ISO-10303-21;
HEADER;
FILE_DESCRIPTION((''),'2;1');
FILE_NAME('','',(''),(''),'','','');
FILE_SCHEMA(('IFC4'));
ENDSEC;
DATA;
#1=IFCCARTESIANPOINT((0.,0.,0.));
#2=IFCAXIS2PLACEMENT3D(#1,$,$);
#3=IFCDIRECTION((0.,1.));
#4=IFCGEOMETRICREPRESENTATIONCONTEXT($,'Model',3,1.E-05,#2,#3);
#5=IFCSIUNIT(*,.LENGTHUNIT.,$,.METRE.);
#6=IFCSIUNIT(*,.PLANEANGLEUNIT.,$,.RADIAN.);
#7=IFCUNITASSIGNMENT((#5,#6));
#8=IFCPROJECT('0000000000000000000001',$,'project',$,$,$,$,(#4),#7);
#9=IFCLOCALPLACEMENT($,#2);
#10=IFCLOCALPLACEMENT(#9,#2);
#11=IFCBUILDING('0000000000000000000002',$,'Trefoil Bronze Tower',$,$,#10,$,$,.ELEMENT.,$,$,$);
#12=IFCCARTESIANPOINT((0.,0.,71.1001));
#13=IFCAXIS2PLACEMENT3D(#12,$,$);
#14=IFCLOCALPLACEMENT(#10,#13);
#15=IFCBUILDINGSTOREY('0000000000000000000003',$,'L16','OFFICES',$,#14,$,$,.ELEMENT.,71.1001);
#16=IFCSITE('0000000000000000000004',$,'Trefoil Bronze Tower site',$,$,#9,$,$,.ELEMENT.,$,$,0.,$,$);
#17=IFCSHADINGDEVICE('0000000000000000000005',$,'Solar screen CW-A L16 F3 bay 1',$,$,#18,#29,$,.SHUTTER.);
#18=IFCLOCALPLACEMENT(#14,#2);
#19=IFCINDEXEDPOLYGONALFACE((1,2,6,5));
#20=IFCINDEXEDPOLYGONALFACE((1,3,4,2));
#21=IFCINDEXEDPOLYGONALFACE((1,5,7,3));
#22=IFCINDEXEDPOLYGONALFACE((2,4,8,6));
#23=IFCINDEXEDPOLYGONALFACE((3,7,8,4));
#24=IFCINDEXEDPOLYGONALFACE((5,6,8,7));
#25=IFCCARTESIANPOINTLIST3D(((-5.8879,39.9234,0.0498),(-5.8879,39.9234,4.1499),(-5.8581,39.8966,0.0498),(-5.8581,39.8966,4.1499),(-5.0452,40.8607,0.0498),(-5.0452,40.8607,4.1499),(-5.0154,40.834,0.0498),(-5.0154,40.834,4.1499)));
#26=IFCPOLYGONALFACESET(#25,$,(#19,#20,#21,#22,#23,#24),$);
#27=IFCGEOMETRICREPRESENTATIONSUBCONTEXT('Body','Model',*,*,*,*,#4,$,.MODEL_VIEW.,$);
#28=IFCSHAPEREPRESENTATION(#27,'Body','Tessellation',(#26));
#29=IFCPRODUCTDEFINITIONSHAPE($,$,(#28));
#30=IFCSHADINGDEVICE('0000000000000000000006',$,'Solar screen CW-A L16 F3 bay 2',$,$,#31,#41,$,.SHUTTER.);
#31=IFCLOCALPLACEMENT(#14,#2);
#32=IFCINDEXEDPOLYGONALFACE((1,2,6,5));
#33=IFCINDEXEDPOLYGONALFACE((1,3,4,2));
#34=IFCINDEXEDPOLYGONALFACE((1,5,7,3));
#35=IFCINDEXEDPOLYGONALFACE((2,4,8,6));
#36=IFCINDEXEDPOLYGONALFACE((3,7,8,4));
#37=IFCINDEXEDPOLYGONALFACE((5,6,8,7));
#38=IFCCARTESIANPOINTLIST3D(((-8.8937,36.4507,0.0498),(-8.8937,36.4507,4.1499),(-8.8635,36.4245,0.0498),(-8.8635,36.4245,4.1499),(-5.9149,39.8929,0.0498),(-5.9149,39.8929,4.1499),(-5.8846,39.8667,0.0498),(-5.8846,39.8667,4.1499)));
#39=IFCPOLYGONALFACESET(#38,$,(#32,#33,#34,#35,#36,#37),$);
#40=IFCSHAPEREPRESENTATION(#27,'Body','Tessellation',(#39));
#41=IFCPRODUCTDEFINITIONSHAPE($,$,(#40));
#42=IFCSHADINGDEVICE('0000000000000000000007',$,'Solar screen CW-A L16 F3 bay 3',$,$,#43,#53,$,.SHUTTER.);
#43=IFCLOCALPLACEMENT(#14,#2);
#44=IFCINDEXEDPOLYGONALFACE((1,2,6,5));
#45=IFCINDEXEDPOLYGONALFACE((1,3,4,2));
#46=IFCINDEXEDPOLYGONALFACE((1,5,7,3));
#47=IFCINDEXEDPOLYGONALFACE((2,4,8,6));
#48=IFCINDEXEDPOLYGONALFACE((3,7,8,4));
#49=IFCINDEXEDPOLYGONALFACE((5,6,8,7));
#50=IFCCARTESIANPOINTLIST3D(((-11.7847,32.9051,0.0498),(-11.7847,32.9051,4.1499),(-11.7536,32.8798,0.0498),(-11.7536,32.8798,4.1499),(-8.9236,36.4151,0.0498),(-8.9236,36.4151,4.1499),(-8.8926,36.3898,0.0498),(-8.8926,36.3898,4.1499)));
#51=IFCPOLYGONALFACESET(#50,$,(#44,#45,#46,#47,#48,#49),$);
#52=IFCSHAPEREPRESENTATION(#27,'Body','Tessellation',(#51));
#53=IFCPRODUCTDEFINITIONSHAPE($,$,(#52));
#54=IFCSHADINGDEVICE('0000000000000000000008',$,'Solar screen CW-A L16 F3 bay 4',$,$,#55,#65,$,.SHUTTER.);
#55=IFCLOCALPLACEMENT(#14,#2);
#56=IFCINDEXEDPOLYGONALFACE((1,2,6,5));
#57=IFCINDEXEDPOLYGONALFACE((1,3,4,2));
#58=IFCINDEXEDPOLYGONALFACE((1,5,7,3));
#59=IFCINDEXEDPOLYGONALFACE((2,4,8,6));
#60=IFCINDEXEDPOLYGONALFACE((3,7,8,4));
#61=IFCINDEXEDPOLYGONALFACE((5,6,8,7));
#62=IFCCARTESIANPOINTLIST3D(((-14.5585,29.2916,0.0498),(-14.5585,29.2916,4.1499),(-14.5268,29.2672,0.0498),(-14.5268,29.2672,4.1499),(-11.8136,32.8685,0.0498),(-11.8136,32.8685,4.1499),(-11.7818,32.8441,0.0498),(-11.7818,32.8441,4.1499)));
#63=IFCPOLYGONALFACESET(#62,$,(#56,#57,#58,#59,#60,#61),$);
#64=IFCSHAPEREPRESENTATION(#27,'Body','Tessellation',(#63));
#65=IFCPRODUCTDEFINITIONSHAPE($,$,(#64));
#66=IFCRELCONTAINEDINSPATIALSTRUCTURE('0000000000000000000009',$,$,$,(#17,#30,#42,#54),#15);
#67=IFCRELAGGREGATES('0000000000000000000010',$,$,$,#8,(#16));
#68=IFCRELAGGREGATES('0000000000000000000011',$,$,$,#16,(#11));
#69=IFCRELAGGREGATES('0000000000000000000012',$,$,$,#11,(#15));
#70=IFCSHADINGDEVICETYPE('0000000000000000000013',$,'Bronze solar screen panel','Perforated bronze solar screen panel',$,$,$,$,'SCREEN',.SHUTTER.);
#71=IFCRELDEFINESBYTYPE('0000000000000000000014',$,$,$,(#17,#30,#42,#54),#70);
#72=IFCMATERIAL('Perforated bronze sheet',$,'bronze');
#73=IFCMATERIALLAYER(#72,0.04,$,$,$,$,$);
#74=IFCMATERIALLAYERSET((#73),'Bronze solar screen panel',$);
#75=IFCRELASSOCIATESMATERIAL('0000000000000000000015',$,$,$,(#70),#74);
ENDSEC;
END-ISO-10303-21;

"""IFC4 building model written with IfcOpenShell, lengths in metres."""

from ifc_helpers import new_model, si_unit, direction, frame, origin, origin_2d, place, context, subcontext, project, spatial, rectangle, extrude, material, layer, layer_set, type_object, element, save


model = new_model("IFC4")

# Units and contexts
model_context = context("Model", 3, precision=1e-05, world=origin(), true_north=direction((0.0, 1.0)))
body_context = subcontext(model_context, "Body", "Model", "MODEL_VIEW")
ifc_project = project(units=[si_unit("LENGTHUNIT", "METRE"), si_unit("PLANEANGLEUNIT", "RADIAN")], contexts=[model_context])

# Site, building, storey
site_placement = place(None, origin())
site = spatial("IfcSite", under=ifc_project, at=site_placement, Name="Trefoil Bronze Tower site", CompositionType="ELEMENT", RefElevation=0.0)
building_placement = place(site_placement, origin())
building = spatial("IfcBuilding", under=site, at=building_placement, Name="Trefoil Bronze Tower", CompositionType="ELEMENT")
storey_placement = place(building_placement, frame((0.0, 0.0, 71.1001)))
storey = spatial("IfcBuildingStorey", under=building, at=storey_placement, Name="L16", Description="OFFICES", CompositionType="ELEMENT", Elevation=71.1001)

# Shading devices
ifc_material_1 = material(Name="Perforated bronze sheet", Category="bronze")
ifc_layer_1 = layer(ifc_material_1, 0.04)
ifc_layer_set_1 = layer_set([ifc_layer_1], Name="Bronze solar screen panel")
shading_device_type = type_object("IfcShadingDeviceType", Name="Bronze solar screen panel", Description="Perforated bronze solar screen panel", ElementType="SCREEN", PredefinedType="SHUTTER", material=ifc_layer_set_1)
shading_device_1_placement = place(storey_placement, frame((-5.4517, 40.3787, 0.0498), z_axis=(0.0, 0.0, 1.0), x_axis=(-0.668575, -0.743645, 0.0)))
element("IfcShadingDevice", 1, at=shading_device_1_placement, inside=storey, type_object=shading_device_type, Name="Solar screen CW-A L16 F3 bay 1", PredefinedType="SHUTTER", context=body_context, shape_type="SweptSolid", body=[
    extrude(rectangle(XDim=1.2605, YDim=0.04, at=origin_2d()), origin(), (0.0, 0.0, 1.0), 4.1001),
])
shading_device_2_placement = place(storey_placement, frame((-7.3892, 38.1587, 0.0498), z_axis=(0.0, 0.0, 1.0), x_axis=(-0.654376, -0.756169, 0.0)))
element("IfcShadingDevice", 2, at=shading_device_2_placement, inside=storey, type_object=shading_device_type, Name="Solar screen CW-A L16 F3 bay 2", PredefinedType="SHUTTER", context=body_context, shape_type="SweptSolid", body=[
    extrude(rectangle(XDim=4.5522, YDim=0.04, at=origin_2d()), origin(), (0.0, 0.0, 1.0), 4.1001),
])
shading_device_3_placement = place(storey_placement, frame((-10.3386, 34.6475, 0.0498), z_axis=(0.0, 0.0, 1.0), x_axis=(-0.631811, -0.775123, 0.0)))
element("IfcShadingDevice", 3, at=shading_device_3_placement, inside=storey, type_object=shading_device_type, Name="Solar screen CW-A L16 F3 bay 3", PredefinedType="SHUTTER", context=body_context, shape_type="SweptSolid", body=[
    extrude(rectangle(XDim=4.5283, YDim=0.04, at=origin_2d()), origin(), (0.0, 0.0, 1.0), 4.1001),
])
shading_device_4_placement = place(storey_placement, frame((-13.1702, 31.0679, 0.0498), z_axis=(0.0, 0.0, 1.0), x_axis=(-0.608808, -0.793318, 0.0)))
element("IfcShadingDevice", 4, at=shading_device_4_placement, inside=storey, type_object=shading_device_type, Name="Solar screen CW-A L16 F3 bay 4", PredefinedType="SHUTTER", context=body_context, shape_type="SweptSolid", body=[
    extrude(rectangle(XDim=4.5088, YDim=0.04, at=origin_2d()), origin(), (0.0, 0.0, 1.0), 4.1001),
])

save(model, "model.ifc")
